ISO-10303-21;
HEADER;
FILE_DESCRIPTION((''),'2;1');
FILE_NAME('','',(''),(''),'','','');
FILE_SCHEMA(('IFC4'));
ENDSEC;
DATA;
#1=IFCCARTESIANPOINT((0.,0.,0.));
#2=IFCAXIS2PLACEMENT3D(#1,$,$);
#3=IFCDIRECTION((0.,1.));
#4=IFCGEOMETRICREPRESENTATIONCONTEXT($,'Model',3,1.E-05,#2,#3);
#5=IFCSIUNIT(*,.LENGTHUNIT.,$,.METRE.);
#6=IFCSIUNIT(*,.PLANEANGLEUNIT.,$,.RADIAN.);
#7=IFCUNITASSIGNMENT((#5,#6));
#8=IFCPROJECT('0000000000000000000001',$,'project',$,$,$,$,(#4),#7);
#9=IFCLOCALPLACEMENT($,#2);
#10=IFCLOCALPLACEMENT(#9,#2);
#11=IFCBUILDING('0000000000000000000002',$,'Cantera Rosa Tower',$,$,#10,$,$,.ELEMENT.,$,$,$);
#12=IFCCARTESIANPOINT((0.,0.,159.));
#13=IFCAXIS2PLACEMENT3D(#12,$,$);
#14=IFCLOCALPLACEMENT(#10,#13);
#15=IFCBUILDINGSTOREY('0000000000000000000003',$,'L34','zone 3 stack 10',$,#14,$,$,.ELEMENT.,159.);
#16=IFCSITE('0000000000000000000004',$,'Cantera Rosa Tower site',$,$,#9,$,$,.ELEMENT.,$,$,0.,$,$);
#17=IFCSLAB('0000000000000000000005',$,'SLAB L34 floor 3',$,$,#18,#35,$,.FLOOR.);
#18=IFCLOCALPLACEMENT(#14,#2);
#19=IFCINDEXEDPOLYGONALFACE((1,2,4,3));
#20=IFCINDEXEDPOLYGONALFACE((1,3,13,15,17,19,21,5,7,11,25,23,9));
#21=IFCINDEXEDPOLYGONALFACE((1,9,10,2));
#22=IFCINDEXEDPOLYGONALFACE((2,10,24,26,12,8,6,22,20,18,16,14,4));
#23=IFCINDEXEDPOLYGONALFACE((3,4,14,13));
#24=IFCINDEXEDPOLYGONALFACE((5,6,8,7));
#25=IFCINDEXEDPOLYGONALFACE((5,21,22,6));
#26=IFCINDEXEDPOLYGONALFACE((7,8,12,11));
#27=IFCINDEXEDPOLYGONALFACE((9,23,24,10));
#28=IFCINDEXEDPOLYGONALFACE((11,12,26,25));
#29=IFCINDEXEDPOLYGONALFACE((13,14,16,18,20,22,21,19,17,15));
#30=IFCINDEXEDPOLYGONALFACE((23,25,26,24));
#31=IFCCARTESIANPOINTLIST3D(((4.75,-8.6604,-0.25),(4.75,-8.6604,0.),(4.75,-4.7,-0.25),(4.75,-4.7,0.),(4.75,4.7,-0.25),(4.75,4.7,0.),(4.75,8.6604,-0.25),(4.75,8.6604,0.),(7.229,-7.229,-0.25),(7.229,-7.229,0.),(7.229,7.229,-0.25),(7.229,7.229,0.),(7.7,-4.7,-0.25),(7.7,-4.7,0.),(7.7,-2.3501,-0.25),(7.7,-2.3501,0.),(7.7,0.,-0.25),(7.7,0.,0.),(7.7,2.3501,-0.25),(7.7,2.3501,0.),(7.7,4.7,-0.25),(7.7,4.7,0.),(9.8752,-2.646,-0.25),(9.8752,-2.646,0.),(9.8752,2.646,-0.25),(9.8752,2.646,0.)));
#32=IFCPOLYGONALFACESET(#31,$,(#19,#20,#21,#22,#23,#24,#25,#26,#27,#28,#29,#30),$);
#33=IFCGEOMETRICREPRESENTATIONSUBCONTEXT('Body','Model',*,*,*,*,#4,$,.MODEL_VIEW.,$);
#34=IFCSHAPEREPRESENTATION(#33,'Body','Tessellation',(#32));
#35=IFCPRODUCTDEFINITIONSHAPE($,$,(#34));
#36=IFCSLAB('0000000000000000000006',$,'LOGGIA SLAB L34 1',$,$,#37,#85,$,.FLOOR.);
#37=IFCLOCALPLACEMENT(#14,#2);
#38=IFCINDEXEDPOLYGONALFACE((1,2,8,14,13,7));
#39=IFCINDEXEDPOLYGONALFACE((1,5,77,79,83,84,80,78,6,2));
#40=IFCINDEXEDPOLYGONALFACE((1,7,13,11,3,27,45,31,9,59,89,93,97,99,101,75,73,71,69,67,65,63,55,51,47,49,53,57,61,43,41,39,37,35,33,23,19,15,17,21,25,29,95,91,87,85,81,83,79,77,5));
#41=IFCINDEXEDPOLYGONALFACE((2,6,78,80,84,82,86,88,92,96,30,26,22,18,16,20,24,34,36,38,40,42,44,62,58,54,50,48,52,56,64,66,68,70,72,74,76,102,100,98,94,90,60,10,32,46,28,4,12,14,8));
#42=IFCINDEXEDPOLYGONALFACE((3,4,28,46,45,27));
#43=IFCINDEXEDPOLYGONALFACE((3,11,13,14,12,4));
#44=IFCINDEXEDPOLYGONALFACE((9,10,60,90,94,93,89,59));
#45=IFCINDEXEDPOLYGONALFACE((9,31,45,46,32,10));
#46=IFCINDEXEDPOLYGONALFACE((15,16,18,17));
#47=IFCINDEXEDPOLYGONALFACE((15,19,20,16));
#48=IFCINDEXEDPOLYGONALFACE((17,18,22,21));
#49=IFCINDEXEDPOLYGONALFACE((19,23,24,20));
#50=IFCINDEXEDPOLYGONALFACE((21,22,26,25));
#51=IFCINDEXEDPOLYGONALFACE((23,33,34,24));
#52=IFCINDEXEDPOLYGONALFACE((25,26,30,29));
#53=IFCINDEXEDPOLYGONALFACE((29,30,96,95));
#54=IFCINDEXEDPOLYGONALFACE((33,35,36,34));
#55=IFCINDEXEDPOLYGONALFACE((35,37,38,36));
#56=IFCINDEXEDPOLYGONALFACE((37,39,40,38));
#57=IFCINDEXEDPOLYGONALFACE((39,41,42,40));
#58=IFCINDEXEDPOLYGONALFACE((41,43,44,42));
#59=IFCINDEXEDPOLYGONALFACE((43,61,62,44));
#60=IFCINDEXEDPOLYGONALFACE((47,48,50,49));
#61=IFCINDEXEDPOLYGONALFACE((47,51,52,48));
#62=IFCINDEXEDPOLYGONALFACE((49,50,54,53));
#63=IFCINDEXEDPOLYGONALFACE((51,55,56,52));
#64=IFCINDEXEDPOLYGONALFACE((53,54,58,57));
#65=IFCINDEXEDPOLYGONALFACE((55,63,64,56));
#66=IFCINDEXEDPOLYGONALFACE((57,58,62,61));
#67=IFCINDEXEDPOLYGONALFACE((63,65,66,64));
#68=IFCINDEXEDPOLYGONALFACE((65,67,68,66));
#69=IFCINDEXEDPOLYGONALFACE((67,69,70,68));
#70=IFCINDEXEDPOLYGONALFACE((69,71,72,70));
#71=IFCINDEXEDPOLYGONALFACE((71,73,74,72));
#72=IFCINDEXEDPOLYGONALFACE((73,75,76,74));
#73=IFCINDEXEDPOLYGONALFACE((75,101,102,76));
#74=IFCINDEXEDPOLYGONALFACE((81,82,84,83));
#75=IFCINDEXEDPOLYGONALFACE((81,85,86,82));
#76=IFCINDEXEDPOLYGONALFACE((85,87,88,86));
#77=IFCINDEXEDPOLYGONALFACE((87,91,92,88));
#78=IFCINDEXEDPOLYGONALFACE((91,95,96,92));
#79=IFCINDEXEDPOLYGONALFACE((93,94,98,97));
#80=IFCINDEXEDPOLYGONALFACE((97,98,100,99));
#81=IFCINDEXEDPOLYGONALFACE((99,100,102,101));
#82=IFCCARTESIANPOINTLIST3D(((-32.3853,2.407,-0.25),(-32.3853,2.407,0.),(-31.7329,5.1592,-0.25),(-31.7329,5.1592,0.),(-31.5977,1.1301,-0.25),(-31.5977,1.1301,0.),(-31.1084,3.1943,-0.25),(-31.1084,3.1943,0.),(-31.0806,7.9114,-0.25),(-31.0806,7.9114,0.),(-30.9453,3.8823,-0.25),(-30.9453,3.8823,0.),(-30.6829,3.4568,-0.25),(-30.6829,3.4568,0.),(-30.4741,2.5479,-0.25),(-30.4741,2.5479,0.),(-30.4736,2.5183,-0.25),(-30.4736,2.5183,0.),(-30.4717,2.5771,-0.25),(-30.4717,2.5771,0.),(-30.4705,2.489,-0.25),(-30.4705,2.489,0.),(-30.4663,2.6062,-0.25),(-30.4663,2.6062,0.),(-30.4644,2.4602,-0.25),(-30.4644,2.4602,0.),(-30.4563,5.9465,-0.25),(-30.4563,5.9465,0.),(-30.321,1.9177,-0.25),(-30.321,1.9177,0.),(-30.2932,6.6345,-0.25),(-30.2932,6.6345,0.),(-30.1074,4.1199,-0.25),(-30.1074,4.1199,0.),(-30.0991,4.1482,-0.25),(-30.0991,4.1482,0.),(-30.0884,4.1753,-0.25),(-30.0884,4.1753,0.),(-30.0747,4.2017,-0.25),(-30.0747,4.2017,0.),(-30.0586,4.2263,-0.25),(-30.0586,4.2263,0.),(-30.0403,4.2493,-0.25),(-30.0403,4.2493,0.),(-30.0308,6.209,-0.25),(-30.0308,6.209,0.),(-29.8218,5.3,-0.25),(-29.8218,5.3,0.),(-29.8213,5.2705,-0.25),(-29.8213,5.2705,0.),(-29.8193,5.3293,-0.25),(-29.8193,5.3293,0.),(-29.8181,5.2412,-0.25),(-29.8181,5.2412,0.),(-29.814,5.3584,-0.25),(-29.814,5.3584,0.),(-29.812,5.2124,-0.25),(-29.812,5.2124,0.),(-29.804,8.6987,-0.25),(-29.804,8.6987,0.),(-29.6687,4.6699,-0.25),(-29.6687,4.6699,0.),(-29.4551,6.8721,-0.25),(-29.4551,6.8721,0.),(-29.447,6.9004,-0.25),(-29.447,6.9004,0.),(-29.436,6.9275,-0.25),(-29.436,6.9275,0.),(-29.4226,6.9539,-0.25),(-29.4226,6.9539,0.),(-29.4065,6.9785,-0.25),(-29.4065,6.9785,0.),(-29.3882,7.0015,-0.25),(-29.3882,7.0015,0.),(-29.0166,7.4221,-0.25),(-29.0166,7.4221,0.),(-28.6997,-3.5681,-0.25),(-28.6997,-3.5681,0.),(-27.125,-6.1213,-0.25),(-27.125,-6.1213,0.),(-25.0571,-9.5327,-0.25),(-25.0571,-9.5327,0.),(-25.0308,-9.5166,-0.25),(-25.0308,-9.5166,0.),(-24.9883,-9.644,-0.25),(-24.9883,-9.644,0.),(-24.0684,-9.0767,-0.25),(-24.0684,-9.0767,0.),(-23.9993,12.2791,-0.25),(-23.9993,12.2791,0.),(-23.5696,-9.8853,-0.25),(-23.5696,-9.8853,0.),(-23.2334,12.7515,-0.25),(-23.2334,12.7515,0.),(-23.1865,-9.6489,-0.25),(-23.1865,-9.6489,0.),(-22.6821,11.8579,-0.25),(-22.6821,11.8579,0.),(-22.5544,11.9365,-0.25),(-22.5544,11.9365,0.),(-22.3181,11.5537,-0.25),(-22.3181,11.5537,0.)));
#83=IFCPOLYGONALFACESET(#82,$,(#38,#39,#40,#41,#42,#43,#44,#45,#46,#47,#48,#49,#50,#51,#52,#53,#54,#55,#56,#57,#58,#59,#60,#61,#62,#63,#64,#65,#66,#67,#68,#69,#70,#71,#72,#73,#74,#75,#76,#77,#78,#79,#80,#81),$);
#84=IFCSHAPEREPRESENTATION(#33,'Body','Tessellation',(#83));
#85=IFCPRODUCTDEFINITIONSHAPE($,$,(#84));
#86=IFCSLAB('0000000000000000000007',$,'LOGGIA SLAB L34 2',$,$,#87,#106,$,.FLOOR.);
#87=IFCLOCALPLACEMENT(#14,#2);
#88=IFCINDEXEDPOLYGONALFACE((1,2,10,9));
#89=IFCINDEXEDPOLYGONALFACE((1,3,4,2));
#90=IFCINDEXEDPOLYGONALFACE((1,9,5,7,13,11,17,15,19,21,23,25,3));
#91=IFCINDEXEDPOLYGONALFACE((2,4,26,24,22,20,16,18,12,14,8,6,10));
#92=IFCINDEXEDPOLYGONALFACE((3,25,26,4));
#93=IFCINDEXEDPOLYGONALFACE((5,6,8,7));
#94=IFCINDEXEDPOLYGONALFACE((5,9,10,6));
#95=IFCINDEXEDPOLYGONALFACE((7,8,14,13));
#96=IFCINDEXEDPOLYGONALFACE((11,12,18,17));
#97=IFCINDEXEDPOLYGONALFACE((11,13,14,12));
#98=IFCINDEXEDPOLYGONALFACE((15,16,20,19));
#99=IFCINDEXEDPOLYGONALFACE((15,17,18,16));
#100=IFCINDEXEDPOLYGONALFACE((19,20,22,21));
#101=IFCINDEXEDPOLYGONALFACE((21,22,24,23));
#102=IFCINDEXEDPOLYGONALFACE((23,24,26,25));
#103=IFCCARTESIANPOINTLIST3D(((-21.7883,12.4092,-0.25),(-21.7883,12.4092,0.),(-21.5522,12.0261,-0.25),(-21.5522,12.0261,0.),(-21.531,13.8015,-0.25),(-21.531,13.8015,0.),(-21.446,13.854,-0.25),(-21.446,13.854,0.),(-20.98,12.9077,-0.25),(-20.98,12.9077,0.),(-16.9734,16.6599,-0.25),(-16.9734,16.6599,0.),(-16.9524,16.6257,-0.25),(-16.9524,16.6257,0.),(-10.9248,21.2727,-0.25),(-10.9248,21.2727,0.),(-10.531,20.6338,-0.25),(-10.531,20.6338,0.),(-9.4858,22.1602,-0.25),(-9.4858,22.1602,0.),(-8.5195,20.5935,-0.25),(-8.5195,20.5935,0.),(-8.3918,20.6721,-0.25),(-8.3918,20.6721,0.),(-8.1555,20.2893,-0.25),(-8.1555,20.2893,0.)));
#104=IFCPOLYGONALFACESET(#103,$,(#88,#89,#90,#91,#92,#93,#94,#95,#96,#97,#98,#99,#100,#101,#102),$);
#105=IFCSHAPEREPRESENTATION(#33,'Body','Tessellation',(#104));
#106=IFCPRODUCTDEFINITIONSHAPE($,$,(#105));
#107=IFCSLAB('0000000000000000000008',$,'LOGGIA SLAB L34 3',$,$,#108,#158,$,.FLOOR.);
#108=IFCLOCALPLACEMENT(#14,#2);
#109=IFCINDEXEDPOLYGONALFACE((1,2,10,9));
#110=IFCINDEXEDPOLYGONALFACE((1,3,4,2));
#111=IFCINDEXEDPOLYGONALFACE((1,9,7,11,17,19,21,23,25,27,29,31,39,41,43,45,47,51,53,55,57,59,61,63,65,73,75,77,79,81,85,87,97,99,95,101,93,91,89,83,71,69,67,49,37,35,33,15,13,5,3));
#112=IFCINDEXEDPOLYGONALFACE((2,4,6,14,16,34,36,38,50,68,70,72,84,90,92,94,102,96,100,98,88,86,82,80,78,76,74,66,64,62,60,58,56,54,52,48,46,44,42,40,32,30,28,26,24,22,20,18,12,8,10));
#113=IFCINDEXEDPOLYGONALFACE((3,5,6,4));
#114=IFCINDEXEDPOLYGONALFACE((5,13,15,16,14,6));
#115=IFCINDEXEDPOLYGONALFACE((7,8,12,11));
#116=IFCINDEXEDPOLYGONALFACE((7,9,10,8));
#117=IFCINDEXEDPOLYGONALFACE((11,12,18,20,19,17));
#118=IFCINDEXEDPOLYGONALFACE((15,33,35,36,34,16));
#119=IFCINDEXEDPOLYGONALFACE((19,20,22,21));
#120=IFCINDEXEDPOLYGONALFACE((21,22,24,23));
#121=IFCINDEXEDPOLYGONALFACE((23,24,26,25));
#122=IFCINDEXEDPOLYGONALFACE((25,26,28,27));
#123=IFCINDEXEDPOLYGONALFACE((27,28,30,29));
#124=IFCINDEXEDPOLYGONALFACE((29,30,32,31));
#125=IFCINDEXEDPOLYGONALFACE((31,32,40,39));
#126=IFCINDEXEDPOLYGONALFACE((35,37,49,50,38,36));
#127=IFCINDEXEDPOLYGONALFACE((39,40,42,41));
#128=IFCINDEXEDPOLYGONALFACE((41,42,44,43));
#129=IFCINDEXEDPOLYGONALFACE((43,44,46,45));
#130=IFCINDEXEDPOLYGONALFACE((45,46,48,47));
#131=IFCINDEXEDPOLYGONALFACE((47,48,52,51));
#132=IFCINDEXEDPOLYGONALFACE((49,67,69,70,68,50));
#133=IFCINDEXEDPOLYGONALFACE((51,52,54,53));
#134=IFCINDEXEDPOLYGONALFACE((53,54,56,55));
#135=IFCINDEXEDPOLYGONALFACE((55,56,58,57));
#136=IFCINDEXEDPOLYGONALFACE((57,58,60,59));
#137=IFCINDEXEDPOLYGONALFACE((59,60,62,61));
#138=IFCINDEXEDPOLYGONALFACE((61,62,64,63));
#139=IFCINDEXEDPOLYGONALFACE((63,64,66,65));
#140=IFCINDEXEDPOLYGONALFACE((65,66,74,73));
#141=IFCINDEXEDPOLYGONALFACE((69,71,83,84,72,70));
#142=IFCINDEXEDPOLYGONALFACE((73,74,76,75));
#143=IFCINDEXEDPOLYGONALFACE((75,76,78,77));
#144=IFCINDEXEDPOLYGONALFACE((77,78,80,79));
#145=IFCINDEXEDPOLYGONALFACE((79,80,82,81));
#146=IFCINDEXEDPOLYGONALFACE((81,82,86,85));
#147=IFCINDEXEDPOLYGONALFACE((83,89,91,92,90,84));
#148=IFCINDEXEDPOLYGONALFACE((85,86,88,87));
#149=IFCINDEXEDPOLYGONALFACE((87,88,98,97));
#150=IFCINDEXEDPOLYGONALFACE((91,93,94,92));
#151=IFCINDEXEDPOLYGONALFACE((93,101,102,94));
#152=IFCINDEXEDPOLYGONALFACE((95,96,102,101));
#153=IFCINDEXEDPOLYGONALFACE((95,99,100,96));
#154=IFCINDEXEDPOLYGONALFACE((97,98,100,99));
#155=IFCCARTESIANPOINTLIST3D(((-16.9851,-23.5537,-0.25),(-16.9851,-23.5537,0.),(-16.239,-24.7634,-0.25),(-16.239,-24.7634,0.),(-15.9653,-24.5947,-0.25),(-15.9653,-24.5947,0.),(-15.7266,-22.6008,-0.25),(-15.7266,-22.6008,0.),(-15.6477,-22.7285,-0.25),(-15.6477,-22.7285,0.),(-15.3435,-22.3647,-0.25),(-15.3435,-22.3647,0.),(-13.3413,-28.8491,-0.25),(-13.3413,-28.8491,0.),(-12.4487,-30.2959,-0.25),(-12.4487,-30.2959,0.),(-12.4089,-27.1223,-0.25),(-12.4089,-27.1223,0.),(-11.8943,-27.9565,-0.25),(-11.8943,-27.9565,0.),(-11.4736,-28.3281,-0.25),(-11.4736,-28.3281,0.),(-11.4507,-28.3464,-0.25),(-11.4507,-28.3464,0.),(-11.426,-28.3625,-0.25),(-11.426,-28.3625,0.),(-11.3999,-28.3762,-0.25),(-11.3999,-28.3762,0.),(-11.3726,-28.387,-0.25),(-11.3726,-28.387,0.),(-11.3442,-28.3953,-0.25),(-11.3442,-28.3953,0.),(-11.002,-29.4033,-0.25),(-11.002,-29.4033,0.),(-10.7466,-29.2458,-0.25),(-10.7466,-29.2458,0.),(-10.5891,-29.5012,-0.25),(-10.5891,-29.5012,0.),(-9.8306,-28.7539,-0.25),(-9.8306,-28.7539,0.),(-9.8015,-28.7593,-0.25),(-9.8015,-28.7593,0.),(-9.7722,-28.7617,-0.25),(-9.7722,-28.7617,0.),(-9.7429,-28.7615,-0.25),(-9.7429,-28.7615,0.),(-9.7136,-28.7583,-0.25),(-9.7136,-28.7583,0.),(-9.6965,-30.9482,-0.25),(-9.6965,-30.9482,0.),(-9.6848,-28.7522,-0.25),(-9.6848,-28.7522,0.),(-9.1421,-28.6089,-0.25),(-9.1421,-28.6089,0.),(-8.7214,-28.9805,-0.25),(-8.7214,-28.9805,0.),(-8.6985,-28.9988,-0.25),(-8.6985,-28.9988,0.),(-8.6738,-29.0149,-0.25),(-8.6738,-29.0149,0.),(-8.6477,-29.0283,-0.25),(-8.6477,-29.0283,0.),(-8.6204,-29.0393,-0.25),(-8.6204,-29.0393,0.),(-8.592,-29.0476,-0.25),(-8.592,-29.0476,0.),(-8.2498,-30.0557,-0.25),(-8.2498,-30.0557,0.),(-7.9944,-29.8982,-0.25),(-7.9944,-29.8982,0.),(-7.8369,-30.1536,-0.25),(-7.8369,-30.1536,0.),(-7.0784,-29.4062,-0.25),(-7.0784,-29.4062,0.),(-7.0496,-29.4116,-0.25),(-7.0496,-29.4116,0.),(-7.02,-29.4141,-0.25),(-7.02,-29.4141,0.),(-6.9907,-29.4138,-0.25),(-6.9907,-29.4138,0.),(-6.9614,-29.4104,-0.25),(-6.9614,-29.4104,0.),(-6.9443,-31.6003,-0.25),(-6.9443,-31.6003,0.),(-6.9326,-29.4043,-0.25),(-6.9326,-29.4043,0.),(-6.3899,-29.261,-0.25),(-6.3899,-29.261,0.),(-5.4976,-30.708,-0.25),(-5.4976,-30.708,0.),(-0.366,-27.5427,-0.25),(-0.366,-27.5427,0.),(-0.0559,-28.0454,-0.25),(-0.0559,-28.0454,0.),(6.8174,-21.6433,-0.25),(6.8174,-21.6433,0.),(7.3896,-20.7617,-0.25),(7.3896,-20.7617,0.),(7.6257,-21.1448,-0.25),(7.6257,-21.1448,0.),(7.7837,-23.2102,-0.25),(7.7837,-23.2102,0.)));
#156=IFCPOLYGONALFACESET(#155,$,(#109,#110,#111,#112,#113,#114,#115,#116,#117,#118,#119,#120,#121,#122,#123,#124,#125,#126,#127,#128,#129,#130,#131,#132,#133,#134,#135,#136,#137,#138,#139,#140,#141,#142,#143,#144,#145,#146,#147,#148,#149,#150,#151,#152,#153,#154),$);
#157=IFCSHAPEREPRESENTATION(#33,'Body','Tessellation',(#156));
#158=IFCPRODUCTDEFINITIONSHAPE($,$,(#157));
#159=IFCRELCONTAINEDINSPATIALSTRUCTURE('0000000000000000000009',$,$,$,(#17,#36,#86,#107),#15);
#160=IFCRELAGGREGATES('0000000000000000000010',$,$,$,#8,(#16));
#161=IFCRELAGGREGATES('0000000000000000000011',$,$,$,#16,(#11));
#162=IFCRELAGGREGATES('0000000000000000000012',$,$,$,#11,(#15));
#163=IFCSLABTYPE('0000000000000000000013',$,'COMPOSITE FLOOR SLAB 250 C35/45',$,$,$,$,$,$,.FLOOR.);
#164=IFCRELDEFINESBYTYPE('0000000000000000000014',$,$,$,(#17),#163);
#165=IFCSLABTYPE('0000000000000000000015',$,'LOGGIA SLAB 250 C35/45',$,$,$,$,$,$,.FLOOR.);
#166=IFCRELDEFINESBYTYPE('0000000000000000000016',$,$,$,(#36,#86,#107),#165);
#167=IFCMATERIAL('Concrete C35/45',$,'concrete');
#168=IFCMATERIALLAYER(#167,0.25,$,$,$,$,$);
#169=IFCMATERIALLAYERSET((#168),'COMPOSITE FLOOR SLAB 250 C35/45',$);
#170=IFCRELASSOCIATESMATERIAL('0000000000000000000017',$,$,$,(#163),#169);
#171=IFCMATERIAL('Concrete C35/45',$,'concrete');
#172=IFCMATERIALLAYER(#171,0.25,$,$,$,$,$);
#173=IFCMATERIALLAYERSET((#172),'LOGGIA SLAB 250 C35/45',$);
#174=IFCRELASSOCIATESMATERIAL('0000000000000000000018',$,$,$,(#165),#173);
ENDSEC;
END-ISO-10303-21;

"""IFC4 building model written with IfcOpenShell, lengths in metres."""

from ifc_helpers import new_model, si_unit, direction, frame, origin, place, context, subcontext, project, spatial, polyline, outline, extrude, material, layer, layer_set, type_object, element, save


model = new_model("IFC4")

# Units and contexts
model_context = context("Model", 3, precision=1e-05, world=origin(), true_north=direction((0.0, 1.0)))
body_context = subcontext(model_context, "Body", "Model", "MODEL_VIEW")
ifc_project = project(units=[si_unit("LENGTHUNIT", "METRE"), si_unit("PLANEANGLEUNIT", "RADIAN")], contexts=[model_context])

# Site, building, storey
site_placement = place(None, origin())
site = spatial("IfcSite", under=ifc_project, at=site_placement, Name="Cantera Rosa Tower site", CompositionType="ELEMENT", RefElevation=0.0)
building_placement = place(site_placement, origin())
building = spatial("IfcBuilding", under=site, at=building_placement, Name="Cantera Rosa Tower", CompositionType="ELEMENT")
storey_placement = place(building_placement, frame((0.0, 0.0, 159.0)))
storey = spatial("IfcBuildingStorey", under=building, at=storey_placement, Name="L34", Description="zone 3 stack 10", CompositionType="ELEMENT", Elevation=159.0)

# Slabs
ifc_material_1 = material(Name="Concrete C35/45", Category="concrete")
ifc_layer_1 = layer(ifc_material_1, 0.25)
ifc_layer_set_1 = layer_set([ifc_layer_1], Name="COMPOSITE FLOOR SLAB 250 C35/45")
slab_type_1 = type_object("IfcSlabType", Name="COMPOSITE FLOOR SLAB 250 C35/45", PredefinedType="FLOOR", material=ifc_layer_set_1)
slab_1_placement = place(storey_placement, frame((0.0, 0.0, -0.25)))
element("IfcSlab", 1, at=slab_1_placement, inside=storey, type_object=slab_type_1, Name="SLAB L34 floor 3", PredefinedType="FLOOR", context=body_context, shape_type="SweptSolid", body=[
    extrude(outline(polyline([(7.7, 2.3501), (7.7, 4.7), (4.75, 4.7), (4.75, 8.6604), (7.229, 7.229), (9.8752, 2.646), (9.8752, -2.646), (7.229, -7.229), (4.75, -8.6604), (4.75, -4.7), (7.7, -4.7), (7.7, -2.3501), (7.7, 0.0), (7.7, 2.3501)])), origin(), (0.0, 0.0, 1.0), 0.25),
])
ifc_material_2 = material(Name="Concrete C35/45", Category="concrete")
ifc_layer_2 = layer(ifc_material_2, 0.25)
ifc_layer_set_2 = layer_set([ifc_layer_2], Name="LOGGIA SLAB 250 C35/45")
slab_type_2 = type_object("IfcSlabType", Name="LOGGIA SLAB 250 C35/45", PredefinedType="FLOOR", material=ifc_layer_set_2)
slab_2_placement = place(storey_placement, frame((0.0, 0.0, -0.25)))
element("IfcSlab", 2, at=slab_2_placement, inside=storey, type_object=slab_type_2, Name="LOGGIA SLAB L34 1", PredefinedType="FLOOR", context=body_context, shape_type="SweptSolid", body=[
    extrude(outline(polyline([(-32.3853, 2.407), (-31.1084, 3.1943), (-30.6829, 3.4568), (-30.9453, 3.8823), (-31.7329, 5.1592), (-30.4563, 5.9465), (-30.0308, 6.209), (-30.2932, 6.6345), (-31.0806, 7.9114), (-29.804, 8.6987), (-23.9993, 12.2791), (-23.2334, 12.7515), (-22.6821, 11.8579), (-22.5544, 11.9365), (-22.3181, 11.5537), (-29.0166, 7.4221), (-29.3882, 7.0015), (-29.4065, 6.9785), (-29.4226, 6.9539), (-29.436, 6.9275), (-29.447, 6.9004), (-29.4551, 6.8721), (-29.814, 5.3584), (-29.8193, 5.3293), (-29.8218, 5.3), (-29.8213, 5.2705), (-29.8181, 5.2412), (-29.812, 5.2124), (-29.6687, 4.6699), (-30.0403, 4.2493), (-30.0586, 4.2263), (-30.0747, 4.2017), (-30.0884, 4.1753), (-30.0991, 4.1482), (-30.1074, 4.1199), (-30.4663, 2.6062), (-30.4717, 2.5771), (-30.4741, 2.5479), (-30.4736, 2.5183), (-30.4705, 2.489), (-30.4644, 2.4602), (-30.321, 1.9177), (-23.1865, -9.6489), (-23.5696, -9.8853), (-24.0684, -9.0767), (-24.9883, -9.644), (-25.0571, -9.5327), (-25.0308, -9.5166), (-27.125, -6.1213), (-28.6997, -3.5681), (-31.5977, 1.1301), (-32.3853, 2.407)])), origin(), (0.0, 0.0, 1.0), 0.25),
])
slab_3_placement = place(storey_placement, frame((0.0, 0.0, -0.25)))
element("IfcSlab", 3, at=slab_3_placement, inside=storey, type_object=slab_type_2, Name="LOGGIA SLAB L34 2", PredefinedType="FLOOR", context=body_context, shape_type="SweptSolid", body=[
    extrude(outline(polyline([(-9.4858, 22.1602), (-8.5195, 20.5935), (-8.3918, 20.6721), (-8.1555, 20.2893), (-21.5522, 12.0261), (-21.7883, 12.4092), (-20.98, 12.9077), (-21.531, 13.8015), (-21.446, 13.854), (-16.9524, 16.6257), (-16.9734, 16.6599), (-10.531, 20.6338), (-10.9248, 21.2727), (-9.4858, 22.1602)])), origin(), (0.0, 0.0, 1.0), 0.25),
])
slab_4_placement = place(storey_placement, frame((0.0, 0.0, -0.25)))
element("IfcSlab", 4, at=slab_4_placement, inside=storey, type_object=slab_type_2, Name="LOGGIA SLAB L34 3", PredefinedType="FLOOR", context=body_context, shape_type="SweptSolid", body=[
    extrude(outline(polyline([(-7.8369, -30.1536), (-7.9944, -29.8982), (-8.2498, -30.0557), (-9.6965, -30.9482), (-10.5891, -29.5012), (-10.7466, -29.2458), (-11.002, -29.4033), (-12.4487, -30.2959), (-13.3413, -28.8491), (-15.9653, -24.5947), (-16.239, -24.7634), (-16.9851, -23.5537), (-15.6477, -22.7285), (-15.7266, -22.6008), (-15.3435, -22.3647), (-12.4089, -27.1223), (-11.8943, -27.9565), (-11.4736, -28.3281), (-11.4507, -28.3464), (-11.426, -28.3625), (-11.3999, -28.3762), (-11.3726, -28.387), (-11.3442, -28.3953), (-9.8306, -28.7539), (-9.8015, -28.7593), (-9.7722, -28.7617), (-9.7429, -28.7615), (-9.7136, -28.7583), (-9.6848, -28.7522), (-9.1421, -28.6089), (-8.7214, -28.9805), (-8.6985, -28.9988), (-8.6738, -29.0149), (-8.6477, -29.0283), (-8.6204, -29.0393), (-8.592, -29.0476), (-7.0784, -29.4062), (-7.0496, -29.4116), (-7.02, -29.4141), (-6.9907, -29.4138), (-6.9614, -29.4104), (-6.9326, -29.4043), (-6.3899, -29.261), (7.3896, -20.7617), (7.6257, -21.1448), (6.8174, -21.6433), (7.7837, -23.2102), (-0.0559, -28.0454), (-0.366, -27.5427), (-5.4976, -30.708), (-6.9443, -31.6003), (-7.8369, -30.1536)])), origin(), (0.0, 0.0, 1.0), 0.25),
])

save(model, "model.ifc")
